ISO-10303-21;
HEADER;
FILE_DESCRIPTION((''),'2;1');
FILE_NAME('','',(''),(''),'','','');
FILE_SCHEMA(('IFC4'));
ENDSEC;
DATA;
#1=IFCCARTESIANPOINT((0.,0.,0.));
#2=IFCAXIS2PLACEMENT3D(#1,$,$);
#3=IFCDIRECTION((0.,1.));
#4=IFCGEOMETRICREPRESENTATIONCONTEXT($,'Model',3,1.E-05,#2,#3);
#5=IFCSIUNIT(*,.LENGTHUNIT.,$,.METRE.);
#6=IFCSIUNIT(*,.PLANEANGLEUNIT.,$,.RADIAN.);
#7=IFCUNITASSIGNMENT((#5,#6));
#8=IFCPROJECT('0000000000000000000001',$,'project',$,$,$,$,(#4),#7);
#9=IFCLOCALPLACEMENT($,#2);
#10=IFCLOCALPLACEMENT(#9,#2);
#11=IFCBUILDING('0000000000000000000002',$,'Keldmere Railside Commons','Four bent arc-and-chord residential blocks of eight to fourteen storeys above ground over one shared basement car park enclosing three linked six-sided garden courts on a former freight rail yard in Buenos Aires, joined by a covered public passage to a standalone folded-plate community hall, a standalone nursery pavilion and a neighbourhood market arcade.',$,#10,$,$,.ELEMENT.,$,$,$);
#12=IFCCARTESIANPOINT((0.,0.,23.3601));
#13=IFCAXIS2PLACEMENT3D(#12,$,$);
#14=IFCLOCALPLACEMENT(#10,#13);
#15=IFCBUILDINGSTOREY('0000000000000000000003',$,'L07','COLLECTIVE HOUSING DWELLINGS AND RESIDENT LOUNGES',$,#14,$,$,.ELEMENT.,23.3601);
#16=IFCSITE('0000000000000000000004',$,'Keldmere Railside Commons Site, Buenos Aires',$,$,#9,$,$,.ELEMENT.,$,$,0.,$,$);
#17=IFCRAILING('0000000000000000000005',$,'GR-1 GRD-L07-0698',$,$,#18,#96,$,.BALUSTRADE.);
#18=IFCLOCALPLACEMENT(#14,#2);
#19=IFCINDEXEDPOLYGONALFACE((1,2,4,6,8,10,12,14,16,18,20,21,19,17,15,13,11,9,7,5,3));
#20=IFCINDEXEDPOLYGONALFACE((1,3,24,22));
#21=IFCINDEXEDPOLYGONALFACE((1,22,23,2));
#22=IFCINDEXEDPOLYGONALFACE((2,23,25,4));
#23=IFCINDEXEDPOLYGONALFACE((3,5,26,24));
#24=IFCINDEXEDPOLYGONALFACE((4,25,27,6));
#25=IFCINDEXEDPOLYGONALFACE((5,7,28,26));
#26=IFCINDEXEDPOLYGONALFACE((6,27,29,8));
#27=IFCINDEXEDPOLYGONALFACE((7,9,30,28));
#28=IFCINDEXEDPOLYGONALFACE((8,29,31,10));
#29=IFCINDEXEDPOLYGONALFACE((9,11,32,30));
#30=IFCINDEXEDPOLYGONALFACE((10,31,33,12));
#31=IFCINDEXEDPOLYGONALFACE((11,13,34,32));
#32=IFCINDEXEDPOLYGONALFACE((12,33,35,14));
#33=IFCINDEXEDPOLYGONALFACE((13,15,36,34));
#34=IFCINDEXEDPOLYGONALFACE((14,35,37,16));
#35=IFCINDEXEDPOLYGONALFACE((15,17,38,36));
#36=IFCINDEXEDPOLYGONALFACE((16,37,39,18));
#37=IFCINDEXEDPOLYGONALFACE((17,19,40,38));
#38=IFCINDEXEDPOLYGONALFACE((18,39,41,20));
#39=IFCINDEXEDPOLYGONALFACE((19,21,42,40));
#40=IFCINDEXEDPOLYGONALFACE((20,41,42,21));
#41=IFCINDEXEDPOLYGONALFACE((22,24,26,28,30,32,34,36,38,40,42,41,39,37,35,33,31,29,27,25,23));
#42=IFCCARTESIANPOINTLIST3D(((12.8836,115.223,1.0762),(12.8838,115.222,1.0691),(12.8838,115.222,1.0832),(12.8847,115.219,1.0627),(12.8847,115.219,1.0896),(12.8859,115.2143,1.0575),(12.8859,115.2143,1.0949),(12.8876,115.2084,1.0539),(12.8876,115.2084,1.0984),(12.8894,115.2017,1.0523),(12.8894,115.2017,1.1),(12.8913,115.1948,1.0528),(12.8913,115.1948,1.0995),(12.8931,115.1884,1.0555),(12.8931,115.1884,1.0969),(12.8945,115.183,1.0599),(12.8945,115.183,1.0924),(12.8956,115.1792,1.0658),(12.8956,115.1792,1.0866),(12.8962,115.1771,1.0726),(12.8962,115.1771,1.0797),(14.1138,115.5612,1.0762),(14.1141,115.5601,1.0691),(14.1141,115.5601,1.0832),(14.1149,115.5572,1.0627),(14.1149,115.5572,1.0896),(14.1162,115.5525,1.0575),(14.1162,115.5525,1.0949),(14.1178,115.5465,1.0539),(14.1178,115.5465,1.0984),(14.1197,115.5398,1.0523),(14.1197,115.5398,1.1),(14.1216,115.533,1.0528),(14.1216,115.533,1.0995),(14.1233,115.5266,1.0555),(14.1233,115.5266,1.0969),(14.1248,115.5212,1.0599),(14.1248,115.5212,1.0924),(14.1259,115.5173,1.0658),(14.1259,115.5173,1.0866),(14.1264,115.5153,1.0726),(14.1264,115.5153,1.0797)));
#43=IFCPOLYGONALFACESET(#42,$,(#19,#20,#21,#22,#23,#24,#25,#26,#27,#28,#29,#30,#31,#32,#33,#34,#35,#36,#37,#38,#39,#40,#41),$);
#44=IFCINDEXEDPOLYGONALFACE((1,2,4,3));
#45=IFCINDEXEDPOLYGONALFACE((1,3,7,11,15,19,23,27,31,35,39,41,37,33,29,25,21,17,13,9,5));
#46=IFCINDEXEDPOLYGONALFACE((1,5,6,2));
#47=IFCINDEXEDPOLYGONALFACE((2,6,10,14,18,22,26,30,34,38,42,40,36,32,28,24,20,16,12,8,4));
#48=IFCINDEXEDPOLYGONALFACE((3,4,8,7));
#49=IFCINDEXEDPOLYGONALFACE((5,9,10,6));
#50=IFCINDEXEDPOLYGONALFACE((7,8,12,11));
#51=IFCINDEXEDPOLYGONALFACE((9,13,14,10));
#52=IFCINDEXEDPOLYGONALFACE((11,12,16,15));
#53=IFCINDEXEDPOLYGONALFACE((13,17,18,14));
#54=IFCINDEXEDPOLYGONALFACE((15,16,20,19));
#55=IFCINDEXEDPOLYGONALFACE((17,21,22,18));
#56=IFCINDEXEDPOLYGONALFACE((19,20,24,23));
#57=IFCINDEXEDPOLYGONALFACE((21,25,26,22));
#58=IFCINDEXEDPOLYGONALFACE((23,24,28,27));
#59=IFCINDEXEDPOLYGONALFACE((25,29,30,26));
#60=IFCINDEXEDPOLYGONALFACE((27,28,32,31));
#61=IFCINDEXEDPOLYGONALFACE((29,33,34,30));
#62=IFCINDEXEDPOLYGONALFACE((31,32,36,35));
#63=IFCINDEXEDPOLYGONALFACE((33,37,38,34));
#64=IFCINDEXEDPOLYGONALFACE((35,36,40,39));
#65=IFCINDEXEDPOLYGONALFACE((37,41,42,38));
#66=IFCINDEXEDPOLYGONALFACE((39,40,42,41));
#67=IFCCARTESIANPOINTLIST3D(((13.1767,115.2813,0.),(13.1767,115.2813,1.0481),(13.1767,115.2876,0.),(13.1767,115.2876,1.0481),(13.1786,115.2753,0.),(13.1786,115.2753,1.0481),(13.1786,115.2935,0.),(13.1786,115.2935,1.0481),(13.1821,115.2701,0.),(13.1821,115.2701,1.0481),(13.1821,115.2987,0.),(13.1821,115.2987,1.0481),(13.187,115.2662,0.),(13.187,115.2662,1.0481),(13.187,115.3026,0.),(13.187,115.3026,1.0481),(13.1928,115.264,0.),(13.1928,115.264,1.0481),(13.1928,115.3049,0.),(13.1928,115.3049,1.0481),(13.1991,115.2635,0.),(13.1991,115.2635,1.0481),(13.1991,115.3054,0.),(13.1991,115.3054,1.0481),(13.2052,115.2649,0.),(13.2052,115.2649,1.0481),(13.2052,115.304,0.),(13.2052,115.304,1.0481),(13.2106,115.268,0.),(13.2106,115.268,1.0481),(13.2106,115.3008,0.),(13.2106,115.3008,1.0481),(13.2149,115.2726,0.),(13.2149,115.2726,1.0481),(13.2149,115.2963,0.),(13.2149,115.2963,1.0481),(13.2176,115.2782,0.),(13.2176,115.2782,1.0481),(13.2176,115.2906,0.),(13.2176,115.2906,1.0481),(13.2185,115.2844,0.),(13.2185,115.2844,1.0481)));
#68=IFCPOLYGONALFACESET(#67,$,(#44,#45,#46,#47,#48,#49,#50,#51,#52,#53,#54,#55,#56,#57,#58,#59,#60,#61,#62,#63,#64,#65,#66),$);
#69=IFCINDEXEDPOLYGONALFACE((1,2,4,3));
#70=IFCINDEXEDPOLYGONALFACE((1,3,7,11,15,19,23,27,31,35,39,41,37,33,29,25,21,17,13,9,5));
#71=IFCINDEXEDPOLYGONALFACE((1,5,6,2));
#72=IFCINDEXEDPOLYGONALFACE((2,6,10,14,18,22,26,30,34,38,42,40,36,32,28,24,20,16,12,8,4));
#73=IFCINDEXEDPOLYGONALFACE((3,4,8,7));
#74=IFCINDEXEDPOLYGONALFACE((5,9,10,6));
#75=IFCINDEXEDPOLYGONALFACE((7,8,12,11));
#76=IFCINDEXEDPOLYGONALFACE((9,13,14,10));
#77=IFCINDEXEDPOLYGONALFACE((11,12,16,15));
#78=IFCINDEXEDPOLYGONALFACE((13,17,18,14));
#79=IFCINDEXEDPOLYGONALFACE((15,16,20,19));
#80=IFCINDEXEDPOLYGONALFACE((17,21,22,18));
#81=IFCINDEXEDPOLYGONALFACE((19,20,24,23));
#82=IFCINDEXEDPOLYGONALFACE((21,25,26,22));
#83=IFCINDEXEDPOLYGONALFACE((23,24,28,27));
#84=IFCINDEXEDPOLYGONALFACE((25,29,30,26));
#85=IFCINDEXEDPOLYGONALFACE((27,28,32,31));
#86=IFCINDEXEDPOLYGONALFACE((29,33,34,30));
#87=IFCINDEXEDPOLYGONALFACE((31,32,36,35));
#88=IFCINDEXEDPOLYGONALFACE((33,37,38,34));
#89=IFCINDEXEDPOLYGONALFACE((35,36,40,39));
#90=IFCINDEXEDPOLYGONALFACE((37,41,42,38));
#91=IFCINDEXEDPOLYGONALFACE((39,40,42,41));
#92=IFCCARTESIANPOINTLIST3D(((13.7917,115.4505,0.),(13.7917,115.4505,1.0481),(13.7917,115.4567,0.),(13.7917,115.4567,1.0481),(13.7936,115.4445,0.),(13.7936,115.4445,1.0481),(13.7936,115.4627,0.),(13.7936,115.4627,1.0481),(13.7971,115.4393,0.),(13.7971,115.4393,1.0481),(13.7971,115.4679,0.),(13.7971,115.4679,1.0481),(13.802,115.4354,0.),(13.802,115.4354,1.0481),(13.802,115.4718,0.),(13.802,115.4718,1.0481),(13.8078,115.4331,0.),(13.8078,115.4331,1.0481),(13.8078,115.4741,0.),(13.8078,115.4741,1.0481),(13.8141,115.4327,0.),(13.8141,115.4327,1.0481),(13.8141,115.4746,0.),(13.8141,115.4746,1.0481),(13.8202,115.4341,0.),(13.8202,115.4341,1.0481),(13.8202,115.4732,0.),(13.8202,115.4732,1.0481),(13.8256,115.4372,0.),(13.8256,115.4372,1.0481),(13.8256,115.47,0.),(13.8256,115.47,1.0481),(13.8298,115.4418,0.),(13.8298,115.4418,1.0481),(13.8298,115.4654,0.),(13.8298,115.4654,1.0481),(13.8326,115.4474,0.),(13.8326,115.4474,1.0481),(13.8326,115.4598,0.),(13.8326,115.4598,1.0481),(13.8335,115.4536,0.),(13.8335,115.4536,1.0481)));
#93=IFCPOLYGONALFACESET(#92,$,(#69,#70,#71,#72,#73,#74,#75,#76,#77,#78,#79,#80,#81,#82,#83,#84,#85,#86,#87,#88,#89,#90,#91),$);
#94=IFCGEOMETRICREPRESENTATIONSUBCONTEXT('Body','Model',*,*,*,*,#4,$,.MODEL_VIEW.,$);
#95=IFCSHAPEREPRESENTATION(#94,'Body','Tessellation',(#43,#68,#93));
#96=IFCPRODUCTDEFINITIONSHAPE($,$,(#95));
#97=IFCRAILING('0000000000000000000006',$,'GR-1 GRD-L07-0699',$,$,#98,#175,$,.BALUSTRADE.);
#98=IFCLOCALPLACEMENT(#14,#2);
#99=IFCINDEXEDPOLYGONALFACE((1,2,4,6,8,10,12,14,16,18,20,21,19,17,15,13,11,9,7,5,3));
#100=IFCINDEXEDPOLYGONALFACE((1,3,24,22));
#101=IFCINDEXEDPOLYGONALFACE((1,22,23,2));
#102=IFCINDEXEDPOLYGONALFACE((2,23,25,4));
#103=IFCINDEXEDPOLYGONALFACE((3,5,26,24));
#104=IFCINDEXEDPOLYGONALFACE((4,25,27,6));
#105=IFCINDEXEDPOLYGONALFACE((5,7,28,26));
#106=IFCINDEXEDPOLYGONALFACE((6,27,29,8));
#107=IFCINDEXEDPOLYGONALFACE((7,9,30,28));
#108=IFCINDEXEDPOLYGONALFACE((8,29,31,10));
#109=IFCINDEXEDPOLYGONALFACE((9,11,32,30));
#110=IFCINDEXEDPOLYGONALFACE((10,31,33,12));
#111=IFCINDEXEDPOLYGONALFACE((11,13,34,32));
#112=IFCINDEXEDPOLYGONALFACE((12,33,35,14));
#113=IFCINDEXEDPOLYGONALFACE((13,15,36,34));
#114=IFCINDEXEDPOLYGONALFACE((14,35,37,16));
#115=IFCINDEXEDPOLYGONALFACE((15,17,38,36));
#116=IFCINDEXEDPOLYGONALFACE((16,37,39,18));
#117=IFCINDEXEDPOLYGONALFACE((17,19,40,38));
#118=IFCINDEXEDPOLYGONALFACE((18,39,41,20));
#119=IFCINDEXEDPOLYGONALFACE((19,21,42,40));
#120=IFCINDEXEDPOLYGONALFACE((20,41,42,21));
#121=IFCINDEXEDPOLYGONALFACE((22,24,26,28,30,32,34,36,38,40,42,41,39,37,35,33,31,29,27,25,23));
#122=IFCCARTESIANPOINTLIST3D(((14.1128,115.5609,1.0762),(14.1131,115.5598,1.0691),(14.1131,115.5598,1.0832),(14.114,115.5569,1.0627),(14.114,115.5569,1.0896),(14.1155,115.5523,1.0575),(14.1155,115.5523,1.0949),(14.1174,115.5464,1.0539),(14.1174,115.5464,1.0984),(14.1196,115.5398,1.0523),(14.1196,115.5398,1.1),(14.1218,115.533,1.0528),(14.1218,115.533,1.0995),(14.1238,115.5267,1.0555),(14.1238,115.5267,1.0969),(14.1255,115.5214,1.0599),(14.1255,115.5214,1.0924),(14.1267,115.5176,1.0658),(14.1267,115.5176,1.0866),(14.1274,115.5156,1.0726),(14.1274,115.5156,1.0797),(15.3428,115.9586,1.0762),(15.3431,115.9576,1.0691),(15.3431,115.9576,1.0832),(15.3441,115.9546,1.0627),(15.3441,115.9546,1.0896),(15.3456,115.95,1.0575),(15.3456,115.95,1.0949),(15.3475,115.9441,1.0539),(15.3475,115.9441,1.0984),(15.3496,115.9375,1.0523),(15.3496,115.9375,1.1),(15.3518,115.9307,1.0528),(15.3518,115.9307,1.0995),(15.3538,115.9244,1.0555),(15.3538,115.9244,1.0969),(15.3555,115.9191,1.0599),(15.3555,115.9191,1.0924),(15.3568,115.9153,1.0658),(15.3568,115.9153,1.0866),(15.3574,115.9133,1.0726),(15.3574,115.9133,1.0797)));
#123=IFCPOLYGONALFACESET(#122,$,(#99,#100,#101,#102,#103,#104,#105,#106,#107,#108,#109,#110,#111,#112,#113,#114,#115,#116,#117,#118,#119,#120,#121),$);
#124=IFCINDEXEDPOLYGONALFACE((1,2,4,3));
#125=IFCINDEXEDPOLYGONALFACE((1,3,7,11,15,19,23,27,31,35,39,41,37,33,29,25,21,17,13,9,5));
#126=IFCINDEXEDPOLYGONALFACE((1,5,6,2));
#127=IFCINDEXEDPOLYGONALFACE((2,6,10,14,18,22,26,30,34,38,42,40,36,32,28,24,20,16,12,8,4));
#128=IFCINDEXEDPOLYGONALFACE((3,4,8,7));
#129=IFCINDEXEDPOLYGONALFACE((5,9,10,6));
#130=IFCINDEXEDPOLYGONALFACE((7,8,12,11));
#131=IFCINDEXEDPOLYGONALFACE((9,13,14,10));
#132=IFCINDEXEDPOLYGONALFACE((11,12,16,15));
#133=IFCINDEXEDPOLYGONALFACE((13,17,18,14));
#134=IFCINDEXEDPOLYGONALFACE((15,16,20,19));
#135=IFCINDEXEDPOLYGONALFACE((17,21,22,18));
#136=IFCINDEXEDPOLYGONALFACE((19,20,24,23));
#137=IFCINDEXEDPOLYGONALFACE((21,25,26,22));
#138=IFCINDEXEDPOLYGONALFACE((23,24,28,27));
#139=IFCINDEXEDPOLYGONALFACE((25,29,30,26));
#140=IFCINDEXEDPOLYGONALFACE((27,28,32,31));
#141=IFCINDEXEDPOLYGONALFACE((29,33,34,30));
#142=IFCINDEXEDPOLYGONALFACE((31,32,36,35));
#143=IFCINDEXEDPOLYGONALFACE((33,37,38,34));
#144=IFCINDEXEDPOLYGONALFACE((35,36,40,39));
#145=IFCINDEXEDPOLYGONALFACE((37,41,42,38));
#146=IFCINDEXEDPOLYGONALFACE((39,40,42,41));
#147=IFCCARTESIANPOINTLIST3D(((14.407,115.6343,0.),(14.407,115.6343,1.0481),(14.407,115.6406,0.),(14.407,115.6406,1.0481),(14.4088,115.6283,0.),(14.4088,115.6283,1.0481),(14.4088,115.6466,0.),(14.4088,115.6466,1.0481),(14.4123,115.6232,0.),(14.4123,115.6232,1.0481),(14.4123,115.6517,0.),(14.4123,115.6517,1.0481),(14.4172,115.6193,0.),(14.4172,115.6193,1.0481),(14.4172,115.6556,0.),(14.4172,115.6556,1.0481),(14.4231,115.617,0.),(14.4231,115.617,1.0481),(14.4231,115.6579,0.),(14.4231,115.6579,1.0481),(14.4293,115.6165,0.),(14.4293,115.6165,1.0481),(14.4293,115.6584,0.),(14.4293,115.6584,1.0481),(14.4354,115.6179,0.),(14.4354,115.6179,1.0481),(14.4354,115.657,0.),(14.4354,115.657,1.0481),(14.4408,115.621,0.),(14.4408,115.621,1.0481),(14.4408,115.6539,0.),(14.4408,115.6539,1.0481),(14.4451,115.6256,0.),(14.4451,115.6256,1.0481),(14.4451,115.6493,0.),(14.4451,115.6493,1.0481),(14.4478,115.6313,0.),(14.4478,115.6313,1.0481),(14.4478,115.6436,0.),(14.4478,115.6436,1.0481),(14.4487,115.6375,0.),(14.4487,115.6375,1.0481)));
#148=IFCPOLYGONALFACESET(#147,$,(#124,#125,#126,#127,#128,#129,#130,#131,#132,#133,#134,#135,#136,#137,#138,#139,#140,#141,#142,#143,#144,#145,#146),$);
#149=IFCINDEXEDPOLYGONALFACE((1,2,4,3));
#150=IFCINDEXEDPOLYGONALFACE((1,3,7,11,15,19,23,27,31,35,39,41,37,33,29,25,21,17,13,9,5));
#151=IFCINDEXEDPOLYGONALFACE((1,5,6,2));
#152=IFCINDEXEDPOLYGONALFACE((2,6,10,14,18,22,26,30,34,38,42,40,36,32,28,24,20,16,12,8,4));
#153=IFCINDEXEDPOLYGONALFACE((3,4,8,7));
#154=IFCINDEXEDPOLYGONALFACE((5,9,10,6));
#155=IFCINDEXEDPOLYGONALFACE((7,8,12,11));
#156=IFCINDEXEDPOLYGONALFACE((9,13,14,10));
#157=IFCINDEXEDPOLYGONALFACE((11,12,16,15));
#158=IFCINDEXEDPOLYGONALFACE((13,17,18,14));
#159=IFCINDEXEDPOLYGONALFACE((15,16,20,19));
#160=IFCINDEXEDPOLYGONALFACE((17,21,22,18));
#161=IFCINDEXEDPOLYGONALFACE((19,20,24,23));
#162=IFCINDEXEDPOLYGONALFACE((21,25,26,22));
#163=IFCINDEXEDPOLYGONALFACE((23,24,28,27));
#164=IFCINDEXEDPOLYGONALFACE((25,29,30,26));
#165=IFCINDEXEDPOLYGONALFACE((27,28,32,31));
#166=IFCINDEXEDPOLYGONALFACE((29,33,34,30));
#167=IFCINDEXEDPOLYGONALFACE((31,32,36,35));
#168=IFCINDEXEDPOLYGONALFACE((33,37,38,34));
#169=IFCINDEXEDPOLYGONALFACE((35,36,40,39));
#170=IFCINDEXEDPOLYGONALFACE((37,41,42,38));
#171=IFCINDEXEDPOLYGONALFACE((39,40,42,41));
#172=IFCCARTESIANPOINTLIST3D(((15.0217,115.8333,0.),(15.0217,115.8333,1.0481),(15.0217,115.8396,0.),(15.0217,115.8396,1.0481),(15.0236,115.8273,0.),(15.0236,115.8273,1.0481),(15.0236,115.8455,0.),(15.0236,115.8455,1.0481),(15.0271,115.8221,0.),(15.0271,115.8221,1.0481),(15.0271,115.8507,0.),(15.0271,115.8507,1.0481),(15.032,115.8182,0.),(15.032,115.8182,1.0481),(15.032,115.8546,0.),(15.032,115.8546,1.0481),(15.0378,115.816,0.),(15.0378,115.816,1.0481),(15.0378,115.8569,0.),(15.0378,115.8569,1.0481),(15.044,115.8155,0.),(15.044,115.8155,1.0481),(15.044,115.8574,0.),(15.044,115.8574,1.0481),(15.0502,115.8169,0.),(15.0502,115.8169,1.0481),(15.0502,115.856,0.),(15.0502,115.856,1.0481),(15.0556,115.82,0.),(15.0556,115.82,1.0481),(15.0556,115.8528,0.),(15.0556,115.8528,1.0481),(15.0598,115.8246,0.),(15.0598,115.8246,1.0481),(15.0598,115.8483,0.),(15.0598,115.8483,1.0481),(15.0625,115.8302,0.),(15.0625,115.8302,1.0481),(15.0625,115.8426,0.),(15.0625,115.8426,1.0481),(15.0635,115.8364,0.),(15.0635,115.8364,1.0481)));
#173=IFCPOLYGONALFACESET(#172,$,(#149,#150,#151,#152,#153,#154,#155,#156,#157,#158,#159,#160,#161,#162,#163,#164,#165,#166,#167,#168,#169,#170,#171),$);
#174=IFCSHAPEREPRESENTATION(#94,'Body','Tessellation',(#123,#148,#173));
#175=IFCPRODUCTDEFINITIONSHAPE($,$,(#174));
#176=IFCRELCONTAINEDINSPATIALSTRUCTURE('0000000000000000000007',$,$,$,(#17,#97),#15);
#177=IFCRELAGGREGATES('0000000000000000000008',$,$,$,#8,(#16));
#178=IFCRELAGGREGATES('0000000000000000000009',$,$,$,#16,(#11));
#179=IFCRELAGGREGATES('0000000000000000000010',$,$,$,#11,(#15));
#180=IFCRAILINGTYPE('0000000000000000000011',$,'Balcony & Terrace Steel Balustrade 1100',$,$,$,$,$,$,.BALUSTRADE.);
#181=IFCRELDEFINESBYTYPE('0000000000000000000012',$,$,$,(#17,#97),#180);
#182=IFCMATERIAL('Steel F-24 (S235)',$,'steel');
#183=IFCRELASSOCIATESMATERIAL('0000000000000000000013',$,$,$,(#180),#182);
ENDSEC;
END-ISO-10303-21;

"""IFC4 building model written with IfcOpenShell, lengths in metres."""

from ifc_helpers import new_model, si_unit, direction, frame, origin, origin_2d, place, context, subcontext, project, spatial, circle, extrude, material, type_object, element, save


model = new_model("IFC4")

# Units and contexts
model_context = context("Model", 3, precision=1e-05, world=origin(), true_north=direction((0.0, 1.0)))
body_context = subcontext(model_context, "Body", "Model", "MODEL_VIEW")
ifc_project = project(units=[si_unit("LENGTHUNIT", "METRE"), si_unit("PLANEANGLEUNIT", "RADIAN")], contexts=[model_context])

# Site, building, storey
site_placement = place(None, origin())
site = spatial("IfcSite", under=ifc_project, at=site_placement, Name="Keldmere Railside Commons Site, Buenos Aires", CompositionType="ELEMENT", RefElevation=0.0)
building_placement = place(site_placement, origin())
building = spatial("IfcBuilding", under=site, at=building_placement, Name="Keldmere Railside Commons", Description="Four bent arc-and-chord residential blocks of eight to fourteen storeys above ground over one shared basement car park enclosing three linked six-sided garden courts on a former freight rail yard in Buenos Aires, joined by a covered public passage to a standalone folded-plate community hall, a standalone nursery pavilion and a neighbourhood market arcade.", CompositionType="ELEMENT")
storey_placement = place(building_placement, frame((0.0, 0.0, 23.3601)))
storey = spatial("IfcBuildingStorey", under=building, at=storey_placement, Name="L07", Description="COLLECTIVE HOUSING DWELLINGS AND RESIDENT LOUNGES", CompositionType="ELEMENT", Elevation=23.3601)

# Shared definitions
ifc_material_1 = material(Name="Steel F-24 (S235)", Category="steel")

# Railings
railing_type = type_object("IfcRailingType", Name="Balcony & Terrace Steel Balustrade 1100", PredefinedType="BALUSTRADE", material=ifc_material_1)
railing_1_placement = place(storey_placement, frame((12.8899, 115.2, 0.0)))
element("IfcRailing", 1, at=railing_1_placement, inside=storey, type_object=railing_type, Name="GR-1 GRD-L07-0698", PredefinedType="BALUSTRADE", context=body_context, shape_type="SweptSolid", body=[
    extrude(circle(Radius=0.0239, at=origin_2d()), frame((0.0, 0.0, 1.0762), z_axis=(0.964241, 0.265028, 0.0), x_axis=(-0.265028, 0.964241, 0.0)), (0.0, 0.0, 1.0), 1.2759),
    extrude(circle(Radius=0.021, at=origin_2d()), frame((0.3076, 0.0845, 0.0)), (0.0, 0.0, 1.0), 1.0481),
    extrude(circle(Radius=0.021, at=origin_2d()), frame((0.9226, 0.2537, 0.0)), (0.0, 0.0, 1.0), 1.0481),
])
railing_2_placement = place(storey_placement, frame((14.1201, 115.5381, 0.0)))
element("IfcRailing", 2, at=railing_2_placement, inside=storey, type_object=railing_type, Name="GR-1 GRD-L07-0699", PredefinedType="BALUSTRADE", context=body_context, shape_type="SweptSolid", body=[
    extrude(circle(Radius=0.0239, at=origin_2d()), frame((0.0, 0.0, 1.0762), z_axis=(0.951497, 0.307659, 0.0), x_axis=(-0.307659, 0.951497, 0.0)), (0.0, 0.0, 1.0), 1.2927),
    extrude(circle(Radius=0.021, at=origin_2d()), frame((0.3076, 0.0994, 0.0)), (0.0, 0.0, 1.0), 1.0481),
    extrude(circle(Radius=0.021, at=origin_2d()), frame((0.9224, 0.2983, 0.0)), (0.0, 0.0, 1.0), 1.0481),
])

save(model, "model.ifc")
